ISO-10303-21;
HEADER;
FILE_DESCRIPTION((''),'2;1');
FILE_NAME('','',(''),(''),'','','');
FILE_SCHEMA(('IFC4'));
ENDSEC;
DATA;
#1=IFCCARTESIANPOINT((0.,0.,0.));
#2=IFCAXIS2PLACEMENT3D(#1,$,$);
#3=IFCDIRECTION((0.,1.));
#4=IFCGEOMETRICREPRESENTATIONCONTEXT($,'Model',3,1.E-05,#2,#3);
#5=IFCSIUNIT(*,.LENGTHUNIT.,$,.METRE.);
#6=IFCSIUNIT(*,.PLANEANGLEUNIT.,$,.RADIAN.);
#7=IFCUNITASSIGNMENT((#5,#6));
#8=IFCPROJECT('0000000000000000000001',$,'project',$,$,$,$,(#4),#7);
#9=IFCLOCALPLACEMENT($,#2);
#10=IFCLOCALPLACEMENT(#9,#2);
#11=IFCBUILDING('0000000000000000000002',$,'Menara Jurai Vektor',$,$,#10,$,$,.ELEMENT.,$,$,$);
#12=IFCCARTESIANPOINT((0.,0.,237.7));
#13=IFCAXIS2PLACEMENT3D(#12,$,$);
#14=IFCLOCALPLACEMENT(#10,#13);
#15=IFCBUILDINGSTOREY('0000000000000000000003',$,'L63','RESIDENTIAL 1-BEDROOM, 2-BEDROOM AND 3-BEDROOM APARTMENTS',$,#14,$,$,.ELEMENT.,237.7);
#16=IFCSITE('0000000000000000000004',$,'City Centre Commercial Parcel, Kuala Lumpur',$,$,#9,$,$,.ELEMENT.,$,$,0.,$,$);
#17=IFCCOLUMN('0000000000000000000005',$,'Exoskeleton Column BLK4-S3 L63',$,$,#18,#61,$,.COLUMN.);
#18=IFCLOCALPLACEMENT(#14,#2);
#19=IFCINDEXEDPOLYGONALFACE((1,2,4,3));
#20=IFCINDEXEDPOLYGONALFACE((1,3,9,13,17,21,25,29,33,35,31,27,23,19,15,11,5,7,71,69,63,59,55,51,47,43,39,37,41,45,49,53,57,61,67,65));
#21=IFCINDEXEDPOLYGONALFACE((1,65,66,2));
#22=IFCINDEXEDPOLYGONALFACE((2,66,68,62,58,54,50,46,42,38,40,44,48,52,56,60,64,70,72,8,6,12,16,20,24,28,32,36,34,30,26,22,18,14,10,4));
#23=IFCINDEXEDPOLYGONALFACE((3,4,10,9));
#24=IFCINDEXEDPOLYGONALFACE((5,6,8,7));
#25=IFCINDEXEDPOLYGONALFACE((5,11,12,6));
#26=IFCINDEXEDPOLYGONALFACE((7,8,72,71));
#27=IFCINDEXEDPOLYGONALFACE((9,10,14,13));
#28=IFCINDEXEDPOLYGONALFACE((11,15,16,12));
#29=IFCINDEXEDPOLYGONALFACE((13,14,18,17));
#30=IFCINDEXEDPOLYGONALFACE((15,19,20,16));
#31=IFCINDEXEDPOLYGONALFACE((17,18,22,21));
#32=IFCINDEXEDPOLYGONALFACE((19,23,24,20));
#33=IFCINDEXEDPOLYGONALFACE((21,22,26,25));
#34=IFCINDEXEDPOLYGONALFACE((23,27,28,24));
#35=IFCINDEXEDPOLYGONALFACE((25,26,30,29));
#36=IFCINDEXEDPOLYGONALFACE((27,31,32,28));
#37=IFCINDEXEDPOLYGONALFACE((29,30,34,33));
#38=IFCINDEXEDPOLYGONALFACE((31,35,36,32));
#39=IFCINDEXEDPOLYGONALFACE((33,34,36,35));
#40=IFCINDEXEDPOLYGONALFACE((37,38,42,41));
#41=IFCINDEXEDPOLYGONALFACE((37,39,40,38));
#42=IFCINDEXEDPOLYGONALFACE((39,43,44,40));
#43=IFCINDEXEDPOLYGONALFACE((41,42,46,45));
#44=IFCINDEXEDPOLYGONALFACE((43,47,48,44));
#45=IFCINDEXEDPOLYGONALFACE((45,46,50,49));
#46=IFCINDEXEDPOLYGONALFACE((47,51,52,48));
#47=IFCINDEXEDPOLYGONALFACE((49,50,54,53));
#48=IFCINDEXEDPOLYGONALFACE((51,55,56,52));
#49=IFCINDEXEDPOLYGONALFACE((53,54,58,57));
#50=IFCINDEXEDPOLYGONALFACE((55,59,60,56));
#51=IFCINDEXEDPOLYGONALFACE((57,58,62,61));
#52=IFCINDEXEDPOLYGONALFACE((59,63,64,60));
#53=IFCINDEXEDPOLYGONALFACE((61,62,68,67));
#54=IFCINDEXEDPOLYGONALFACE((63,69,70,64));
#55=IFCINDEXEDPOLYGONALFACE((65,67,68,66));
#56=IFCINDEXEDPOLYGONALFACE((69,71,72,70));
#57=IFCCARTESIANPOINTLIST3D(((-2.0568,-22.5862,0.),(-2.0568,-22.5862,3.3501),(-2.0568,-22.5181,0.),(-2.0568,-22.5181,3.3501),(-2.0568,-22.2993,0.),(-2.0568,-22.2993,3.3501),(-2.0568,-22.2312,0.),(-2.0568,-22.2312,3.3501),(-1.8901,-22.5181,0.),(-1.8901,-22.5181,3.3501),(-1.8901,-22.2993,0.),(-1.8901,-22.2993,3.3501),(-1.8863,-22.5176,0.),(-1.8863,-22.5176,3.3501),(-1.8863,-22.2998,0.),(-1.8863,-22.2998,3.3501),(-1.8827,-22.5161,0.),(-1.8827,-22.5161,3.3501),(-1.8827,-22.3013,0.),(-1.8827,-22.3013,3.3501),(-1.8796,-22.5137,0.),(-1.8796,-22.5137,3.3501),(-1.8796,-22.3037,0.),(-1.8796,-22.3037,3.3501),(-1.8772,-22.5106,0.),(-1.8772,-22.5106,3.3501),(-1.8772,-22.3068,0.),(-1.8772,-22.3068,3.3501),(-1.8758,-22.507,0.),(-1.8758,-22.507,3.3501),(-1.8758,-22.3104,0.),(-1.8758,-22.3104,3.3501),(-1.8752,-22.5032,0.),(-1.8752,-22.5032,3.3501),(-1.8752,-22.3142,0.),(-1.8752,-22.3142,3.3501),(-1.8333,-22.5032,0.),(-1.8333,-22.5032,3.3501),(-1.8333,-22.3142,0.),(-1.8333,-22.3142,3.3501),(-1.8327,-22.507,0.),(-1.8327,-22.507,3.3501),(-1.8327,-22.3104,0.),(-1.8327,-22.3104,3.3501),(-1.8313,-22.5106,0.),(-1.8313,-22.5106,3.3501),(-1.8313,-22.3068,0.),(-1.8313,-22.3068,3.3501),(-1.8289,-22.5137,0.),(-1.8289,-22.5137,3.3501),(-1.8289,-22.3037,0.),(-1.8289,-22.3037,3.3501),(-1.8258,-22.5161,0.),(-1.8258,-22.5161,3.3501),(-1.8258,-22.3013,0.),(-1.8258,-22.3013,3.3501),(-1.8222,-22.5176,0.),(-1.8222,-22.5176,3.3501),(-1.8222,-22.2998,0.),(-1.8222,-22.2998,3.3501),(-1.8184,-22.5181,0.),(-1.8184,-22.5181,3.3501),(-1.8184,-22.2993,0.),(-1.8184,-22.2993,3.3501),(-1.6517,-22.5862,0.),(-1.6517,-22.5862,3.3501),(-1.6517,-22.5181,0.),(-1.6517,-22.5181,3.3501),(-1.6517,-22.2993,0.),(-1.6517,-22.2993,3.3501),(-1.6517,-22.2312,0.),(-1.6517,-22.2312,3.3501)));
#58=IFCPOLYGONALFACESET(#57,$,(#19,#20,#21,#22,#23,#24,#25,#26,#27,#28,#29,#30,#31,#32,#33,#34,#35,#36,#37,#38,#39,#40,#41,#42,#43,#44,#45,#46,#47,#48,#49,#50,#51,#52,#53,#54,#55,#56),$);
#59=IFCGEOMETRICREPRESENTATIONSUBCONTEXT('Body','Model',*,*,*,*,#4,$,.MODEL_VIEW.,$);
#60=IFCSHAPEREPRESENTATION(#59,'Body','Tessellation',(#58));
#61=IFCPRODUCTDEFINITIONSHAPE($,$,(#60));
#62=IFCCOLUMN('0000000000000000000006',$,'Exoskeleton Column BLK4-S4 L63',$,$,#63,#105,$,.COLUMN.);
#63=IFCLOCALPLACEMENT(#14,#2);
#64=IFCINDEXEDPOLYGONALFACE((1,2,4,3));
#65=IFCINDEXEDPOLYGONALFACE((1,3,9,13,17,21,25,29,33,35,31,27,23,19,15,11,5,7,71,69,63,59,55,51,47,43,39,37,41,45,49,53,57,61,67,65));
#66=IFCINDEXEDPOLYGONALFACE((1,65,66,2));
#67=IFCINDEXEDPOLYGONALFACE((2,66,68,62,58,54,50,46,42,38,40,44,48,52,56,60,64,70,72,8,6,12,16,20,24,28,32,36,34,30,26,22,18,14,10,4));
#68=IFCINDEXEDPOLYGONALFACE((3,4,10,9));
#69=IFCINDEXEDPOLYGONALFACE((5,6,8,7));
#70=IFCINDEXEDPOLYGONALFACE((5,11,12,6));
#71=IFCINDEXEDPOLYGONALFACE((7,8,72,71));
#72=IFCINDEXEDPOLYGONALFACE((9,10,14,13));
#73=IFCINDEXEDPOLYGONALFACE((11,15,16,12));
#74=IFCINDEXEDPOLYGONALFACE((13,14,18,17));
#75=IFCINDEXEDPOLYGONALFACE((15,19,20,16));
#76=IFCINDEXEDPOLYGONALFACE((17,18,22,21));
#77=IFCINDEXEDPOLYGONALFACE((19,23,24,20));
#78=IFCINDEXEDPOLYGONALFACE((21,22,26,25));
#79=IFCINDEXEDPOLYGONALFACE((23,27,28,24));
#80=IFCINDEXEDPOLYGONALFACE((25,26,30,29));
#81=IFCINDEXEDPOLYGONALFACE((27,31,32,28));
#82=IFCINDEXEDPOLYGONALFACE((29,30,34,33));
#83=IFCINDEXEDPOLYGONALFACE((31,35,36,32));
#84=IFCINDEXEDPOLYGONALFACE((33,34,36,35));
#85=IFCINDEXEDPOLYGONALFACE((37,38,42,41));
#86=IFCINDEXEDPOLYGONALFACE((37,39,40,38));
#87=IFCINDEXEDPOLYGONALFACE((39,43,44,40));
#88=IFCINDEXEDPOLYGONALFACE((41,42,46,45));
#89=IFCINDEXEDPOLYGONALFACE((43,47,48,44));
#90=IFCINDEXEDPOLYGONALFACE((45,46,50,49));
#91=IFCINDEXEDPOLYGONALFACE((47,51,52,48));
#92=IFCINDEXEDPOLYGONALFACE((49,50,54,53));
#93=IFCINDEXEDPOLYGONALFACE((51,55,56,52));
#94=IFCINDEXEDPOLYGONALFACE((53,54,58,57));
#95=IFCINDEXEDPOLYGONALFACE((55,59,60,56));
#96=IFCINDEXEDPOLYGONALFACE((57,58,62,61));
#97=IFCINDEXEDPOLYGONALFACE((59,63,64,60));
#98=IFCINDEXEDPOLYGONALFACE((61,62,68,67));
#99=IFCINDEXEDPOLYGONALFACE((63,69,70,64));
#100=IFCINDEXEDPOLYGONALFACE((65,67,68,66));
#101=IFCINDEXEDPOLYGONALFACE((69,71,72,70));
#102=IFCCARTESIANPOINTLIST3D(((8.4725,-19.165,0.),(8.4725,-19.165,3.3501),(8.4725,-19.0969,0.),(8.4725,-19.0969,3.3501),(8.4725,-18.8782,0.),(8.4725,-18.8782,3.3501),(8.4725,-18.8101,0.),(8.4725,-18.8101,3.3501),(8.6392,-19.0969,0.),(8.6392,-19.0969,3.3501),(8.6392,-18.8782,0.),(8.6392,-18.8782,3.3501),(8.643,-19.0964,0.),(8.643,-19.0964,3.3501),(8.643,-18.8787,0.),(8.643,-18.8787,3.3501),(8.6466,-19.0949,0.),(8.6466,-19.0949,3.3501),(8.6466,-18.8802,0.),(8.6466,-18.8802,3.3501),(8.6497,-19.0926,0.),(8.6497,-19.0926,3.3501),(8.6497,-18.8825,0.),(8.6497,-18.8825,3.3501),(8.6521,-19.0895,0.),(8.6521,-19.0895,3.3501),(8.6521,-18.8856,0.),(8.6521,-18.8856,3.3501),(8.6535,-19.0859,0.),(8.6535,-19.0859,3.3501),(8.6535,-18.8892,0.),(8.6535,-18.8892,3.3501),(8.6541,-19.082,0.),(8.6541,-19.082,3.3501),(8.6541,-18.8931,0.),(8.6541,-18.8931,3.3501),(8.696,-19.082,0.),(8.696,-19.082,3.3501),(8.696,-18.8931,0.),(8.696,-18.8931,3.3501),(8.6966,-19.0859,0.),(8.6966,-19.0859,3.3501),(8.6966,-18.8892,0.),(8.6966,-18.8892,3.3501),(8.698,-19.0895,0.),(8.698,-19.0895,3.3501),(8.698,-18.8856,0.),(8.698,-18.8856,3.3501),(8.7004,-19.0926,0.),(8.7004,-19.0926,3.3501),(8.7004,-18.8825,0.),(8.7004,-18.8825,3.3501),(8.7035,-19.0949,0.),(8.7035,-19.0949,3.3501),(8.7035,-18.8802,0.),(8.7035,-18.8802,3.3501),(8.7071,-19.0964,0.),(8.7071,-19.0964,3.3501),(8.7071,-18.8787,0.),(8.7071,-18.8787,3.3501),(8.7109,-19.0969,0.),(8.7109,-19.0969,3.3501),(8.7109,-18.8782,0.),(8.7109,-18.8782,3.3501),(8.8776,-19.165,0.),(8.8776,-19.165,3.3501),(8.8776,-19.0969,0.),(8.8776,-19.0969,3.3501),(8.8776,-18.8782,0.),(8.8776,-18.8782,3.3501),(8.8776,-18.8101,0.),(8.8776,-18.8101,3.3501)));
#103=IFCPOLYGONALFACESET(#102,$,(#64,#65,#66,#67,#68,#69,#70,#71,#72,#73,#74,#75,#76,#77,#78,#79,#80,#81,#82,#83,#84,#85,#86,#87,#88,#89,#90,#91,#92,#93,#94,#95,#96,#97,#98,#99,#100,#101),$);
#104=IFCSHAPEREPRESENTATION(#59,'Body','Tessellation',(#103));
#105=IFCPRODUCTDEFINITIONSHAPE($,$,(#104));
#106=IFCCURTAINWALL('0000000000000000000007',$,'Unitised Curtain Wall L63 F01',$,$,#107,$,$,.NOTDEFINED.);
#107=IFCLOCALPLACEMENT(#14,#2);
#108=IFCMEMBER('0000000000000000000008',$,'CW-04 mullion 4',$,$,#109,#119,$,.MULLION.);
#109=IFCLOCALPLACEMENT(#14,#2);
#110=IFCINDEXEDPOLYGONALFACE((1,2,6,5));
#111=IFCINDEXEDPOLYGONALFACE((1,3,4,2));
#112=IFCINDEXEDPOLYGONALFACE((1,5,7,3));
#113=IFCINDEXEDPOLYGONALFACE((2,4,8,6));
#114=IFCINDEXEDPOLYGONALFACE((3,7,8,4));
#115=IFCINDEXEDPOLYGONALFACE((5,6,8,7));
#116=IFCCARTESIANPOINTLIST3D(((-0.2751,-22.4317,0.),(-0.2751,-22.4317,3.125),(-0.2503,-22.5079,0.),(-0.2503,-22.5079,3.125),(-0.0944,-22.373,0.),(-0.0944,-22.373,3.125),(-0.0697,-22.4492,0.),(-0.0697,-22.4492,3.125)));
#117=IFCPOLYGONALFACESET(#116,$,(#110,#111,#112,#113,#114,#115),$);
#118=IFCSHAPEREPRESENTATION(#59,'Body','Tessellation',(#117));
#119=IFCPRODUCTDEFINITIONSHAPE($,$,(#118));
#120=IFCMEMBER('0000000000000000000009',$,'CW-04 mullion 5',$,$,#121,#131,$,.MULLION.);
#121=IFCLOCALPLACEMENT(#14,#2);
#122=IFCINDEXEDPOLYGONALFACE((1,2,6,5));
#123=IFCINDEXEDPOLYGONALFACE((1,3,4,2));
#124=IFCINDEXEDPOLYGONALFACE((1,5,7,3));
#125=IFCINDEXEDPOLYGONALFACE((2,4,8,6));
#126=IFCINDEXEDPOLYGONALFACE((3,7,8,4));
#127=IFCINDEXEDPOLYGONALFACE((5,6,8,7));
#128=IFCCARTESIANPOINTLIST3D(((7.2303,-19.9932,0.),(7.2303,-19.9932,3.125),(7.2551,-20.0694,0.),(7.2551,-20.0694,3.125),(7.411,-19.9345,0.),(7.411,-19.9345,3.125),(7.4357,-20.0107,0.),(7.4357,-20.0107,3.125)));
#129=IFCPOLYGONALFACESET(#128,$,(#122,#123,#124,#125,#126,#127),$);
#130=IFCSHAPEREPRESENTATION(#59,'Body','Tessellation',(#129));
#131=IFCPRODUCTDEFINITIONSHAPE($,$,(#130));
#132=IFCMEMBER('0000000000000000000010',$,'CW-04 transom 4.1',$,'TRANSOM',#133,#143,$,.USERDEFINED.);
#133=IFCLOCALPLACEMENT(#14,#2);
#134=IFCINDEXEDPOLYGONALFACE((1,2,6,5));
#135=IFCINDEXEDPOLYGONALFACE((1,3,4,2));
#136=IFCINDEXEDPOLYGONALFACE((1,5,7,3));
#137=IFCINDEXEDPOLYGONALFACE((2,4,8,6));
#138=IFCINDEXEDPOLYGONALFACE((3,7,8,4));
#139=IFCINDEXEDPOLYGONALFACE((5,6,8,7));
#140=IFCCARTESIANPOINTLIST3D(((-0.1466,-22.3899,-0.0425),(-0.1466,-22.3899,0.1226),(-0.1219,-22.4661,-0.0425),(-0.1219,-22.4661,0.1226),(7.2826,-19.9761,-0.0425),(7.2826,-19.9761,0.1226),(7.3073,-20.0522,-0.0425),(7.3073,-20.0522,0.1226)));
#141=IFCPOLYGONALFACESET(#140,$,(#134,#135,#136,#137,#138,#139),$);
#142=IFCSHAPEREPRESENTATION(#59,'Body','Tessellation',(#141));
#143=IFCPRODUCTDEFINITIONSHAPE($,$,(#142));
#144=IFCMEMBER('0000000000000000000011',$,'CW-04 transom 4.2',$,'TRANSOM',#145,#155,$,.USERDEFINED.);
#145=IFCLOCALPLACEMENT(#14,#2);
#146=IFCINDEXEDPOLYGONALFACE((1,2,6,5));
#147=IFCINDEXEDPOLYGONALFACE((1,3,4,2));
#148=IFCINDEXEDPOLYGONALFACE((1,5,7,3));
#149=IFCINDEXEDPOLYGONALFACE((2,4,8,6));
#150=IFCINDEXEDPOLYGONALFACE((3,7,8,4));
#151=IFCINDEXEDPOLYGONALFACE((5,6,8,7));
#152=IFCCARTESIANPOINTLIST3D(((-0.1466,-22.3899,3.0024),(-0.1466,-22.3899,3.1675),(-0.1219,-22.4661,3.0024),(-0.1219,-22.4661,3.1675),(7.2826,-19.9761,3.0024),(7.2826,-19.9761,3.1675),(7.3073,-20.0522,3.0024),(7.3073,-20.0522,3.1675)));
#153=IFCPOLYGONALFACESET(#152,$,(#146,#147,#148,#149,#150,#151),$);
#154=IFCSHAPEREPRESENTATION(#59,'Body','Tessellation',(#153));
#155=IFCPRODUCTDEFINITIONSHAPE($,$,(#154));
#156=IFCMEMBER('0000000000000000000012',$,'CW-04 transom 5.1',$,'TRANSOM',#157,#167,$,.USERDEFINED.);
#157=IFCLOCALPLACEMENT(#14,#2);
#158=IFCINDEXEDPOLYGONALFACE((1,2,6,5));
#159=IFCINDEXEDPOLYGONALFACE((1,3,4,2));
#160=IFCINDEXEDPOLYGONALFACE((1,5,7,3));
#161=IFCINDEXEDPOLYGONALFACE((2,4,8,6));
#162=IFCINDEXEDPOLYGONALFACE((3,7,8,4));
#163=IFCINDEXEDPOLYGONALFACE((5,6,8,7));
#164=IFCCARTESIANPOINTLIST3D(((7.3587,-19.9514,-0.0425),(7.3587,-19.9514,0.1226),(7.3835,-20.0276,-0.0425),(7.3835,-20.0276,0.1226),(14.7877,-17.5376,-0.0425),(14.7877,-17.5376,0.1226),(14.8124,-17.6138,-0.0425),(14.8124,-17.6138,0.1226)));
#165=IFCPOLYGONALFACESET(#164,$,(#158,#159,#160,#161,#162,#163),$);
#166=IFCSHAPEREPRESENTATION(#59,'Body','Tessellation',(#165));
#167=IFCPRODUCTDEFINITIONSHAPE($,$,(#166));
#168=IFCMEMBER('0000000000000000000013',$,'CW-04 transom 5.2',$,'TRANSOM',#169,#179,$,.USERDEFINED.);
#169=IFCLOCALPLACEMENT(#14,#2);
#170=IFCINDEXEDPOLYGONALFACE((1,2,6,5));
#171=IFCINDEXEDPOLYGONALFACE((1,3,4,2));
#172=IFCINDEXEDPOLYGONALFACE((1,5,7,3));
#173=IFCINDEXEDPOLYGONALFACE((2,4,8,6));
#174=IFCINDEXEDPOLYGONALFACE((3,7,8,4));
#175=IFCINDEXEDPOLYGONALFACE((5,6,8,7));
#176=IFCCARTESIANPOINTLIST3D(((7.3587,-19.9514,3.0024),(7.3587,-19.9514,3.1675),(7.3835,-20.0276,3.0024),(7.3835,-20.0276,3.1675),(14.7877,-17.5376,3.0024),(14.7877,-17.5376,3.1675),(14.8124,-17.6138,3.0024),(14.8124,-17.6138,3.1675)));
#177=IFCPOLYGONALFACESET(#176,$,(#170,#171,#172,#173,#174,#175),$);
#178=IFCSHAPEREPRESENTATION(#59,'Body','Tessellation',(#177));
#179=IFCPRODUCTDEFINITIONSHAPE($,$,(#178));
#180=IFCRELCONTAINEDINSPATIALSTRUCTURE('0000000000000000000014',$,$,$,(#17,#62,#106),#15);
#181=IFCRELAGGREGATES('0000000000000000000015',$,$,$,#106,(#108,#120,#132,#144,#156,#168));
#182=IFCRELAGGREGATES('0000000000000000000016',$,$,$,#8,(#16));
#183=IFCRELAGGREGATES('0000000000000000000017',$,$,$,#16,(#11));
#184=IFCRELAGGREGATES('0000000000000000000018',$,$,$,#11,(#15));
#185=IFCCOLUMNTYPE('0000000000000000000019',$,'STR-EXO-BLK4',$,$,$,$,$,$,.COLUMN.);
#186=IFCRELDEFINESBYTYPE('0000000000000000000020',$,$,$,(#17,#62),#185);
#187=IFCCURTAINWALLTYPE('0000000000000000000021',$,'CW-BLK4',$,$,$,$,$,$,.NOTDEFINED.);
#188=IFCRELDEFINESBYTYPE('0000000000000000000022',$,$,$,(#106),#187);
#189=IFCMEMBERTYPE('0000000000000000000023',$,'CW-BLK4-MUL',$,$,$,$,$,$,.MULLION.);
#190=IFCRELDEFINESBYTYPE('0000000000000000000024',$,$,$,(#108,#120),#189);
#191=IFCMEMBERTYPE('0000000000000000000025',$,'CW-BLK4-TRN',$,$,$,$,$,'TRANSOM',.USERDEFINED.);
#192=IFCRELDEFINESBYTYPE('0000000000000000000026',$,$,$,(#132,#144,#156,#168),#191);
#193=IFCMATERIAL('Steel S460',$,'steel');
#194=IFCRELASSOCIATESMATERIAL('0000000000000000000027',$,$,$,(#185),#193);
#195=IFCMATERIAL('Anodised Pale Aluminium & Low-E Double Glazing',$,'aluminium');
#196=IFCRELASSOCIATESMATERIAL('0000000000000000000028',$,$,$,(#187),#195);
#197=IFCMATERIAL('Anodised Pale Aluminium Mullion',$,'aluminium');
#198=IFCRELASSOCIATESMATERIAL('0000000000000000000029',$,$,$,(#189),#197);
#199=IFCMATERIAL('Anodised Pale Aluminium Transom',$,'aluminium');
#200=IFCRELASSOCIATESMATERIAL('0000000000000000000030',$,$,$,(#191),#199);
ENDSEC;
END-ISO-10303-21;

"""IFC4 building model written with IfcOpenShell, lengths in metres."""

from ifc_helpers import new_model, si_unit, direction, frame, origin, origin_2d, place, context, subcontext, project, spatial, rectangle, i_section, extrude, material, material_profile, profile_set, type_object, element, aggregate, save


model = new_model("IFC4")

# Units and contexts
model_context = context("Model", 3, precision=1e-05, world=origin(), true_north=direction((0.0, 1.0)))
body_context = subcontext(model_context, "Body", "Model", "MODEL_VIEW")
ifc_project = project(units=[si_unit("LENGTHUNIT", "METRE"), si_unit("PLANEANGLEUNIT", "RADIAN")], contexts=[model_context])

# Site, building, storey
site_placement = place(None, origin())
site = spatial("IfcSite", under=ifc_project, at=site_placement, Name="City Centre Commercial Parcel, Kuala Lumpur", CompositionType="ELEMENT", RefElevation=0.0)
building_placement = place(site_placement, origin())
building = spatial("IfcBuilding", under=site, at=building_placement, Name="Menara Jurai Vektor", CompositionType="ELEMENT")
storey_placement = place(building_placement, frame((0.0, 0.0, 237.7)))
storey = spatial("IfcBuildingStorey", under=building, at=storey_placement, Name="L63", Description="RESIDENTIAL 1-BEDROOM, 2-BEDROOM AND 3-BEDROOM APARTMENTS", CompositionType="ELEMENT", Elevation=237.7)

# Columns
ifc_material_1 = material(Name="Steel S460", Category="steel")
ifc_material_profile_1 = material_profile(ifc_material_1, i_section(OverallWidth=0.405, OverallDepth=0.355, WebThickness=0.042, FlangeThickness=0.0681, FilletRadius=0.0149, at=origin_2d()), Name="HD 400x551")
ifc_profile_set_1 = profile_set([ifc_material_profile_1], Name="Steel S460")
column_type = type_object("IfcColumnType", Name="STR-EXO-BLK4", PredefinedType="COLUMN", material=ifc_profile_set_1)
for number, where, z_axis, x_axis, name in (
    (1, (-1.8542, -22.4087, 0.0), (0.0, 0.0, 1.0), (1.0, 0.0, 0.0), "Exoskeleton Column BLK4-S3 L63"),
    (2, (8.675, -18.9875, 0.0), (0.0, 0.0, 1.0), (1.0, 0.0, 0.0), "Exoskeleton Column BLK4-S4 L63"),
):
    element("IfcColumn", number, at=place(storey_placement, frame(where, z_axis=z_axis, x_axis=x_axis)), inside=storey, type_object=column_type, Name=name, PredefinedType="COLUMN", context=body_context, shape_type="SweptSolid", body=[
        extrude(i_section(OverallWidth=0.405, OverallDepth=0.355, WebThickness=0.042, FlangeThickness=0.0681, FilletRadius=0.0149, at=origin_2d()), origin(), (0.0, 0.0, 1.0), 3.3501),
    ])

# Curtain wall, members
ifc_material_2 = material(Name="Anodised Pale Aluminium & Low-E Double Glazing", Category="aluminium")
curtain_wall_type = type_object("IfcCurtainWallType", Name="CW-BLK4", PredefinedType="NOTDEFINED", material=ifc_material_2)
curtain_wall_placement = place(storey_placement, origin())
curtain_wall = element("IfcCurtainWall", 3, at=curtain_wall_placement, inside=storey, type_object=curtain_wall_type, Name="Unitised Curtain Wall L63 F01", PredefinedType="NOTDEFINED")
ifc_material_3 = material(Name="Anodised Pale Aluminium Mullion", Category="aluminium")
ifc_material_profile_2 = material_profile(ifc_material_3, rectangle(XDim=0.0801, YDim=0.1899, at=origin_2d()), Name="ALU MUL 80x190")
ifc_profile_set_2 = profile_set([ifc_material_profile_2], Name="Anodised Pale Aluminium Mullion")
member_type_1 = type_object("IfcMemberType", Name="CW-BLK4-MUL", PredefinedType="MULLION", material=ifc_profile_set_2)
member_1_placement = place(storey_placement, frame((-0.1724, -22.4404, 0.0), z_axis=(0.0, 0.0, 1.0), x_axis=(-0.309017, 0.951056, 0.0)))
member_1 = element("IfcMember", 4, at=member_1_placement, type_object=member_type_1, Name="CW-04 mullion 4", PredefinedType="MULLION", context=body_context, shape_type="SweptSolid", body=[
    extrude(rectangle(XDim=0.0801, YDim=0.1899, at=origin_2d()), origin(), (0.0, 0.0, 1.0), 3.125),
])
member_2_placement = place(storey_placement, frame((7.333, -20.002, 0.0), z_axis=(0.0, 0.0, 1.0), x_axis=(-0.309017, 0.951056, 0.0)))
member_2 = element("IfcMember", 5, at=member_2_placement, type_object=member_type_1, Name="CW-04 mullion 5", PredefinedType="MULLION", context=body_context, shape_type="SweptSolid", body=[
    extrude(rectangle(XDim=0.0801, YDim=0.1899, at=origin_2d()), origin(), (0.0, 0.0, 1.0), 3.125),
])
ifc_material_4 = material(Name="Anodised Pale Aluminium Transom", Category="aluminium")
ifc_material_profile_3 = material_profile(ifc_material_4, rectangle(XDim=0.0801, YDim=0.165, at=origin_2d()), Name="ALU TRN 80x165")
ifc_profile_set_3 = profile_set([ifc_material_profile_3], Name="Anodised Pale Aluminium Transom")
member_type_2 = type_object("IfcMemberType", Name="CW-BLK4-TRN", ElementType="TRANSOM", PredefinedType="USERDEFINED", material=ifc_profile_set_3)
member_3_placement = place(storey_placement, frame((-0.1343, -22.428, 0.04), z_axis=(0.951059, 0.309008, 0.0), x_axis=(-0.309008, 0.951059, 0.0)))
member_3 = element("IfcMember", 6, at=member_3_placement, type_object=member_type_2, Name="CW-04 transom 4.1", ObjectType="TRANSOM", PredefinedType="USERDEFINED", context=body_context, shape_type="SweptSolid", body=[
    extrude(rectangle(XDim=0.0801, YDim=0.165, at=origin_2d()), origin(), (0.0, 0.0, 1.0), 7.8115),
])
member_4_placement = place(storey_placement, frame((-0.1343, -22.428, 3.085), z_axis=(0.951059, 0.309008, 0.0), x_axis=(-0.309008, 0.951059, 0.0)))
member_4 = element("IfcMember", 7, at=member_4_placement, type_object=member_type_2, Name="CW-04 transom 4.2", ObjectType="TRANSOM", PredefinedType="USERDEFINED", context=body_context, shape_type="SweptSolid", body=[
    extrude(rectangle(XDim=0.0801, YDim=0.165, at=origin_2d()), origin(), (0.0, 0.0, 1.0), 7.8115),
])
member_5_placement = place(storey_placement, frame((7.3711, -19.9895, 0.04), z_axis=(0.951056, 0.309018, 0.0), x_axis=(-0.309018, 0.951056, 0.0)))
member_5 = element("IfcMember", 8, at=member_5_placement, type_object=member_type_2, Name="CW-04 transom 5.1", ObjectType="TRANSOM", PredefinedType="USERDEFINED", context=body_context, shape_type="SweptSolid", body=[
    extrude(rectangle(XDim=0.0801, YDim=0.165, at=origin_2d()), origin(), (0.0, 0.0, 1.0), 7.8113),
])
member_6_placement = place(storey_placement, frame((7.3711, -19.9895, 3.085), z_axis=(0.951056, 0.309018, 0.0), x_axis=(-0.309018, 0.951056, 0.0)))
member_6 = element("IfcMember", 9, at=member_6_placement, type_object=member_type_2, Name="CW-04 transom 5.2", ObjectType="TRANSOM", PredefinedType="USERDEFINED", context=body_context, shape_type="SweptSolid", body=[
    extrude(rectangle(XDim=0.0801, YDim=0.165, at=origin_2d()), origin(), (0.0, 0.0, 1.0), 7.8113),
])

aggregate(curtain_wall, [member_1, member_2, member_3, member_4, member_5, member_6])

save(model, "model.ifc")
